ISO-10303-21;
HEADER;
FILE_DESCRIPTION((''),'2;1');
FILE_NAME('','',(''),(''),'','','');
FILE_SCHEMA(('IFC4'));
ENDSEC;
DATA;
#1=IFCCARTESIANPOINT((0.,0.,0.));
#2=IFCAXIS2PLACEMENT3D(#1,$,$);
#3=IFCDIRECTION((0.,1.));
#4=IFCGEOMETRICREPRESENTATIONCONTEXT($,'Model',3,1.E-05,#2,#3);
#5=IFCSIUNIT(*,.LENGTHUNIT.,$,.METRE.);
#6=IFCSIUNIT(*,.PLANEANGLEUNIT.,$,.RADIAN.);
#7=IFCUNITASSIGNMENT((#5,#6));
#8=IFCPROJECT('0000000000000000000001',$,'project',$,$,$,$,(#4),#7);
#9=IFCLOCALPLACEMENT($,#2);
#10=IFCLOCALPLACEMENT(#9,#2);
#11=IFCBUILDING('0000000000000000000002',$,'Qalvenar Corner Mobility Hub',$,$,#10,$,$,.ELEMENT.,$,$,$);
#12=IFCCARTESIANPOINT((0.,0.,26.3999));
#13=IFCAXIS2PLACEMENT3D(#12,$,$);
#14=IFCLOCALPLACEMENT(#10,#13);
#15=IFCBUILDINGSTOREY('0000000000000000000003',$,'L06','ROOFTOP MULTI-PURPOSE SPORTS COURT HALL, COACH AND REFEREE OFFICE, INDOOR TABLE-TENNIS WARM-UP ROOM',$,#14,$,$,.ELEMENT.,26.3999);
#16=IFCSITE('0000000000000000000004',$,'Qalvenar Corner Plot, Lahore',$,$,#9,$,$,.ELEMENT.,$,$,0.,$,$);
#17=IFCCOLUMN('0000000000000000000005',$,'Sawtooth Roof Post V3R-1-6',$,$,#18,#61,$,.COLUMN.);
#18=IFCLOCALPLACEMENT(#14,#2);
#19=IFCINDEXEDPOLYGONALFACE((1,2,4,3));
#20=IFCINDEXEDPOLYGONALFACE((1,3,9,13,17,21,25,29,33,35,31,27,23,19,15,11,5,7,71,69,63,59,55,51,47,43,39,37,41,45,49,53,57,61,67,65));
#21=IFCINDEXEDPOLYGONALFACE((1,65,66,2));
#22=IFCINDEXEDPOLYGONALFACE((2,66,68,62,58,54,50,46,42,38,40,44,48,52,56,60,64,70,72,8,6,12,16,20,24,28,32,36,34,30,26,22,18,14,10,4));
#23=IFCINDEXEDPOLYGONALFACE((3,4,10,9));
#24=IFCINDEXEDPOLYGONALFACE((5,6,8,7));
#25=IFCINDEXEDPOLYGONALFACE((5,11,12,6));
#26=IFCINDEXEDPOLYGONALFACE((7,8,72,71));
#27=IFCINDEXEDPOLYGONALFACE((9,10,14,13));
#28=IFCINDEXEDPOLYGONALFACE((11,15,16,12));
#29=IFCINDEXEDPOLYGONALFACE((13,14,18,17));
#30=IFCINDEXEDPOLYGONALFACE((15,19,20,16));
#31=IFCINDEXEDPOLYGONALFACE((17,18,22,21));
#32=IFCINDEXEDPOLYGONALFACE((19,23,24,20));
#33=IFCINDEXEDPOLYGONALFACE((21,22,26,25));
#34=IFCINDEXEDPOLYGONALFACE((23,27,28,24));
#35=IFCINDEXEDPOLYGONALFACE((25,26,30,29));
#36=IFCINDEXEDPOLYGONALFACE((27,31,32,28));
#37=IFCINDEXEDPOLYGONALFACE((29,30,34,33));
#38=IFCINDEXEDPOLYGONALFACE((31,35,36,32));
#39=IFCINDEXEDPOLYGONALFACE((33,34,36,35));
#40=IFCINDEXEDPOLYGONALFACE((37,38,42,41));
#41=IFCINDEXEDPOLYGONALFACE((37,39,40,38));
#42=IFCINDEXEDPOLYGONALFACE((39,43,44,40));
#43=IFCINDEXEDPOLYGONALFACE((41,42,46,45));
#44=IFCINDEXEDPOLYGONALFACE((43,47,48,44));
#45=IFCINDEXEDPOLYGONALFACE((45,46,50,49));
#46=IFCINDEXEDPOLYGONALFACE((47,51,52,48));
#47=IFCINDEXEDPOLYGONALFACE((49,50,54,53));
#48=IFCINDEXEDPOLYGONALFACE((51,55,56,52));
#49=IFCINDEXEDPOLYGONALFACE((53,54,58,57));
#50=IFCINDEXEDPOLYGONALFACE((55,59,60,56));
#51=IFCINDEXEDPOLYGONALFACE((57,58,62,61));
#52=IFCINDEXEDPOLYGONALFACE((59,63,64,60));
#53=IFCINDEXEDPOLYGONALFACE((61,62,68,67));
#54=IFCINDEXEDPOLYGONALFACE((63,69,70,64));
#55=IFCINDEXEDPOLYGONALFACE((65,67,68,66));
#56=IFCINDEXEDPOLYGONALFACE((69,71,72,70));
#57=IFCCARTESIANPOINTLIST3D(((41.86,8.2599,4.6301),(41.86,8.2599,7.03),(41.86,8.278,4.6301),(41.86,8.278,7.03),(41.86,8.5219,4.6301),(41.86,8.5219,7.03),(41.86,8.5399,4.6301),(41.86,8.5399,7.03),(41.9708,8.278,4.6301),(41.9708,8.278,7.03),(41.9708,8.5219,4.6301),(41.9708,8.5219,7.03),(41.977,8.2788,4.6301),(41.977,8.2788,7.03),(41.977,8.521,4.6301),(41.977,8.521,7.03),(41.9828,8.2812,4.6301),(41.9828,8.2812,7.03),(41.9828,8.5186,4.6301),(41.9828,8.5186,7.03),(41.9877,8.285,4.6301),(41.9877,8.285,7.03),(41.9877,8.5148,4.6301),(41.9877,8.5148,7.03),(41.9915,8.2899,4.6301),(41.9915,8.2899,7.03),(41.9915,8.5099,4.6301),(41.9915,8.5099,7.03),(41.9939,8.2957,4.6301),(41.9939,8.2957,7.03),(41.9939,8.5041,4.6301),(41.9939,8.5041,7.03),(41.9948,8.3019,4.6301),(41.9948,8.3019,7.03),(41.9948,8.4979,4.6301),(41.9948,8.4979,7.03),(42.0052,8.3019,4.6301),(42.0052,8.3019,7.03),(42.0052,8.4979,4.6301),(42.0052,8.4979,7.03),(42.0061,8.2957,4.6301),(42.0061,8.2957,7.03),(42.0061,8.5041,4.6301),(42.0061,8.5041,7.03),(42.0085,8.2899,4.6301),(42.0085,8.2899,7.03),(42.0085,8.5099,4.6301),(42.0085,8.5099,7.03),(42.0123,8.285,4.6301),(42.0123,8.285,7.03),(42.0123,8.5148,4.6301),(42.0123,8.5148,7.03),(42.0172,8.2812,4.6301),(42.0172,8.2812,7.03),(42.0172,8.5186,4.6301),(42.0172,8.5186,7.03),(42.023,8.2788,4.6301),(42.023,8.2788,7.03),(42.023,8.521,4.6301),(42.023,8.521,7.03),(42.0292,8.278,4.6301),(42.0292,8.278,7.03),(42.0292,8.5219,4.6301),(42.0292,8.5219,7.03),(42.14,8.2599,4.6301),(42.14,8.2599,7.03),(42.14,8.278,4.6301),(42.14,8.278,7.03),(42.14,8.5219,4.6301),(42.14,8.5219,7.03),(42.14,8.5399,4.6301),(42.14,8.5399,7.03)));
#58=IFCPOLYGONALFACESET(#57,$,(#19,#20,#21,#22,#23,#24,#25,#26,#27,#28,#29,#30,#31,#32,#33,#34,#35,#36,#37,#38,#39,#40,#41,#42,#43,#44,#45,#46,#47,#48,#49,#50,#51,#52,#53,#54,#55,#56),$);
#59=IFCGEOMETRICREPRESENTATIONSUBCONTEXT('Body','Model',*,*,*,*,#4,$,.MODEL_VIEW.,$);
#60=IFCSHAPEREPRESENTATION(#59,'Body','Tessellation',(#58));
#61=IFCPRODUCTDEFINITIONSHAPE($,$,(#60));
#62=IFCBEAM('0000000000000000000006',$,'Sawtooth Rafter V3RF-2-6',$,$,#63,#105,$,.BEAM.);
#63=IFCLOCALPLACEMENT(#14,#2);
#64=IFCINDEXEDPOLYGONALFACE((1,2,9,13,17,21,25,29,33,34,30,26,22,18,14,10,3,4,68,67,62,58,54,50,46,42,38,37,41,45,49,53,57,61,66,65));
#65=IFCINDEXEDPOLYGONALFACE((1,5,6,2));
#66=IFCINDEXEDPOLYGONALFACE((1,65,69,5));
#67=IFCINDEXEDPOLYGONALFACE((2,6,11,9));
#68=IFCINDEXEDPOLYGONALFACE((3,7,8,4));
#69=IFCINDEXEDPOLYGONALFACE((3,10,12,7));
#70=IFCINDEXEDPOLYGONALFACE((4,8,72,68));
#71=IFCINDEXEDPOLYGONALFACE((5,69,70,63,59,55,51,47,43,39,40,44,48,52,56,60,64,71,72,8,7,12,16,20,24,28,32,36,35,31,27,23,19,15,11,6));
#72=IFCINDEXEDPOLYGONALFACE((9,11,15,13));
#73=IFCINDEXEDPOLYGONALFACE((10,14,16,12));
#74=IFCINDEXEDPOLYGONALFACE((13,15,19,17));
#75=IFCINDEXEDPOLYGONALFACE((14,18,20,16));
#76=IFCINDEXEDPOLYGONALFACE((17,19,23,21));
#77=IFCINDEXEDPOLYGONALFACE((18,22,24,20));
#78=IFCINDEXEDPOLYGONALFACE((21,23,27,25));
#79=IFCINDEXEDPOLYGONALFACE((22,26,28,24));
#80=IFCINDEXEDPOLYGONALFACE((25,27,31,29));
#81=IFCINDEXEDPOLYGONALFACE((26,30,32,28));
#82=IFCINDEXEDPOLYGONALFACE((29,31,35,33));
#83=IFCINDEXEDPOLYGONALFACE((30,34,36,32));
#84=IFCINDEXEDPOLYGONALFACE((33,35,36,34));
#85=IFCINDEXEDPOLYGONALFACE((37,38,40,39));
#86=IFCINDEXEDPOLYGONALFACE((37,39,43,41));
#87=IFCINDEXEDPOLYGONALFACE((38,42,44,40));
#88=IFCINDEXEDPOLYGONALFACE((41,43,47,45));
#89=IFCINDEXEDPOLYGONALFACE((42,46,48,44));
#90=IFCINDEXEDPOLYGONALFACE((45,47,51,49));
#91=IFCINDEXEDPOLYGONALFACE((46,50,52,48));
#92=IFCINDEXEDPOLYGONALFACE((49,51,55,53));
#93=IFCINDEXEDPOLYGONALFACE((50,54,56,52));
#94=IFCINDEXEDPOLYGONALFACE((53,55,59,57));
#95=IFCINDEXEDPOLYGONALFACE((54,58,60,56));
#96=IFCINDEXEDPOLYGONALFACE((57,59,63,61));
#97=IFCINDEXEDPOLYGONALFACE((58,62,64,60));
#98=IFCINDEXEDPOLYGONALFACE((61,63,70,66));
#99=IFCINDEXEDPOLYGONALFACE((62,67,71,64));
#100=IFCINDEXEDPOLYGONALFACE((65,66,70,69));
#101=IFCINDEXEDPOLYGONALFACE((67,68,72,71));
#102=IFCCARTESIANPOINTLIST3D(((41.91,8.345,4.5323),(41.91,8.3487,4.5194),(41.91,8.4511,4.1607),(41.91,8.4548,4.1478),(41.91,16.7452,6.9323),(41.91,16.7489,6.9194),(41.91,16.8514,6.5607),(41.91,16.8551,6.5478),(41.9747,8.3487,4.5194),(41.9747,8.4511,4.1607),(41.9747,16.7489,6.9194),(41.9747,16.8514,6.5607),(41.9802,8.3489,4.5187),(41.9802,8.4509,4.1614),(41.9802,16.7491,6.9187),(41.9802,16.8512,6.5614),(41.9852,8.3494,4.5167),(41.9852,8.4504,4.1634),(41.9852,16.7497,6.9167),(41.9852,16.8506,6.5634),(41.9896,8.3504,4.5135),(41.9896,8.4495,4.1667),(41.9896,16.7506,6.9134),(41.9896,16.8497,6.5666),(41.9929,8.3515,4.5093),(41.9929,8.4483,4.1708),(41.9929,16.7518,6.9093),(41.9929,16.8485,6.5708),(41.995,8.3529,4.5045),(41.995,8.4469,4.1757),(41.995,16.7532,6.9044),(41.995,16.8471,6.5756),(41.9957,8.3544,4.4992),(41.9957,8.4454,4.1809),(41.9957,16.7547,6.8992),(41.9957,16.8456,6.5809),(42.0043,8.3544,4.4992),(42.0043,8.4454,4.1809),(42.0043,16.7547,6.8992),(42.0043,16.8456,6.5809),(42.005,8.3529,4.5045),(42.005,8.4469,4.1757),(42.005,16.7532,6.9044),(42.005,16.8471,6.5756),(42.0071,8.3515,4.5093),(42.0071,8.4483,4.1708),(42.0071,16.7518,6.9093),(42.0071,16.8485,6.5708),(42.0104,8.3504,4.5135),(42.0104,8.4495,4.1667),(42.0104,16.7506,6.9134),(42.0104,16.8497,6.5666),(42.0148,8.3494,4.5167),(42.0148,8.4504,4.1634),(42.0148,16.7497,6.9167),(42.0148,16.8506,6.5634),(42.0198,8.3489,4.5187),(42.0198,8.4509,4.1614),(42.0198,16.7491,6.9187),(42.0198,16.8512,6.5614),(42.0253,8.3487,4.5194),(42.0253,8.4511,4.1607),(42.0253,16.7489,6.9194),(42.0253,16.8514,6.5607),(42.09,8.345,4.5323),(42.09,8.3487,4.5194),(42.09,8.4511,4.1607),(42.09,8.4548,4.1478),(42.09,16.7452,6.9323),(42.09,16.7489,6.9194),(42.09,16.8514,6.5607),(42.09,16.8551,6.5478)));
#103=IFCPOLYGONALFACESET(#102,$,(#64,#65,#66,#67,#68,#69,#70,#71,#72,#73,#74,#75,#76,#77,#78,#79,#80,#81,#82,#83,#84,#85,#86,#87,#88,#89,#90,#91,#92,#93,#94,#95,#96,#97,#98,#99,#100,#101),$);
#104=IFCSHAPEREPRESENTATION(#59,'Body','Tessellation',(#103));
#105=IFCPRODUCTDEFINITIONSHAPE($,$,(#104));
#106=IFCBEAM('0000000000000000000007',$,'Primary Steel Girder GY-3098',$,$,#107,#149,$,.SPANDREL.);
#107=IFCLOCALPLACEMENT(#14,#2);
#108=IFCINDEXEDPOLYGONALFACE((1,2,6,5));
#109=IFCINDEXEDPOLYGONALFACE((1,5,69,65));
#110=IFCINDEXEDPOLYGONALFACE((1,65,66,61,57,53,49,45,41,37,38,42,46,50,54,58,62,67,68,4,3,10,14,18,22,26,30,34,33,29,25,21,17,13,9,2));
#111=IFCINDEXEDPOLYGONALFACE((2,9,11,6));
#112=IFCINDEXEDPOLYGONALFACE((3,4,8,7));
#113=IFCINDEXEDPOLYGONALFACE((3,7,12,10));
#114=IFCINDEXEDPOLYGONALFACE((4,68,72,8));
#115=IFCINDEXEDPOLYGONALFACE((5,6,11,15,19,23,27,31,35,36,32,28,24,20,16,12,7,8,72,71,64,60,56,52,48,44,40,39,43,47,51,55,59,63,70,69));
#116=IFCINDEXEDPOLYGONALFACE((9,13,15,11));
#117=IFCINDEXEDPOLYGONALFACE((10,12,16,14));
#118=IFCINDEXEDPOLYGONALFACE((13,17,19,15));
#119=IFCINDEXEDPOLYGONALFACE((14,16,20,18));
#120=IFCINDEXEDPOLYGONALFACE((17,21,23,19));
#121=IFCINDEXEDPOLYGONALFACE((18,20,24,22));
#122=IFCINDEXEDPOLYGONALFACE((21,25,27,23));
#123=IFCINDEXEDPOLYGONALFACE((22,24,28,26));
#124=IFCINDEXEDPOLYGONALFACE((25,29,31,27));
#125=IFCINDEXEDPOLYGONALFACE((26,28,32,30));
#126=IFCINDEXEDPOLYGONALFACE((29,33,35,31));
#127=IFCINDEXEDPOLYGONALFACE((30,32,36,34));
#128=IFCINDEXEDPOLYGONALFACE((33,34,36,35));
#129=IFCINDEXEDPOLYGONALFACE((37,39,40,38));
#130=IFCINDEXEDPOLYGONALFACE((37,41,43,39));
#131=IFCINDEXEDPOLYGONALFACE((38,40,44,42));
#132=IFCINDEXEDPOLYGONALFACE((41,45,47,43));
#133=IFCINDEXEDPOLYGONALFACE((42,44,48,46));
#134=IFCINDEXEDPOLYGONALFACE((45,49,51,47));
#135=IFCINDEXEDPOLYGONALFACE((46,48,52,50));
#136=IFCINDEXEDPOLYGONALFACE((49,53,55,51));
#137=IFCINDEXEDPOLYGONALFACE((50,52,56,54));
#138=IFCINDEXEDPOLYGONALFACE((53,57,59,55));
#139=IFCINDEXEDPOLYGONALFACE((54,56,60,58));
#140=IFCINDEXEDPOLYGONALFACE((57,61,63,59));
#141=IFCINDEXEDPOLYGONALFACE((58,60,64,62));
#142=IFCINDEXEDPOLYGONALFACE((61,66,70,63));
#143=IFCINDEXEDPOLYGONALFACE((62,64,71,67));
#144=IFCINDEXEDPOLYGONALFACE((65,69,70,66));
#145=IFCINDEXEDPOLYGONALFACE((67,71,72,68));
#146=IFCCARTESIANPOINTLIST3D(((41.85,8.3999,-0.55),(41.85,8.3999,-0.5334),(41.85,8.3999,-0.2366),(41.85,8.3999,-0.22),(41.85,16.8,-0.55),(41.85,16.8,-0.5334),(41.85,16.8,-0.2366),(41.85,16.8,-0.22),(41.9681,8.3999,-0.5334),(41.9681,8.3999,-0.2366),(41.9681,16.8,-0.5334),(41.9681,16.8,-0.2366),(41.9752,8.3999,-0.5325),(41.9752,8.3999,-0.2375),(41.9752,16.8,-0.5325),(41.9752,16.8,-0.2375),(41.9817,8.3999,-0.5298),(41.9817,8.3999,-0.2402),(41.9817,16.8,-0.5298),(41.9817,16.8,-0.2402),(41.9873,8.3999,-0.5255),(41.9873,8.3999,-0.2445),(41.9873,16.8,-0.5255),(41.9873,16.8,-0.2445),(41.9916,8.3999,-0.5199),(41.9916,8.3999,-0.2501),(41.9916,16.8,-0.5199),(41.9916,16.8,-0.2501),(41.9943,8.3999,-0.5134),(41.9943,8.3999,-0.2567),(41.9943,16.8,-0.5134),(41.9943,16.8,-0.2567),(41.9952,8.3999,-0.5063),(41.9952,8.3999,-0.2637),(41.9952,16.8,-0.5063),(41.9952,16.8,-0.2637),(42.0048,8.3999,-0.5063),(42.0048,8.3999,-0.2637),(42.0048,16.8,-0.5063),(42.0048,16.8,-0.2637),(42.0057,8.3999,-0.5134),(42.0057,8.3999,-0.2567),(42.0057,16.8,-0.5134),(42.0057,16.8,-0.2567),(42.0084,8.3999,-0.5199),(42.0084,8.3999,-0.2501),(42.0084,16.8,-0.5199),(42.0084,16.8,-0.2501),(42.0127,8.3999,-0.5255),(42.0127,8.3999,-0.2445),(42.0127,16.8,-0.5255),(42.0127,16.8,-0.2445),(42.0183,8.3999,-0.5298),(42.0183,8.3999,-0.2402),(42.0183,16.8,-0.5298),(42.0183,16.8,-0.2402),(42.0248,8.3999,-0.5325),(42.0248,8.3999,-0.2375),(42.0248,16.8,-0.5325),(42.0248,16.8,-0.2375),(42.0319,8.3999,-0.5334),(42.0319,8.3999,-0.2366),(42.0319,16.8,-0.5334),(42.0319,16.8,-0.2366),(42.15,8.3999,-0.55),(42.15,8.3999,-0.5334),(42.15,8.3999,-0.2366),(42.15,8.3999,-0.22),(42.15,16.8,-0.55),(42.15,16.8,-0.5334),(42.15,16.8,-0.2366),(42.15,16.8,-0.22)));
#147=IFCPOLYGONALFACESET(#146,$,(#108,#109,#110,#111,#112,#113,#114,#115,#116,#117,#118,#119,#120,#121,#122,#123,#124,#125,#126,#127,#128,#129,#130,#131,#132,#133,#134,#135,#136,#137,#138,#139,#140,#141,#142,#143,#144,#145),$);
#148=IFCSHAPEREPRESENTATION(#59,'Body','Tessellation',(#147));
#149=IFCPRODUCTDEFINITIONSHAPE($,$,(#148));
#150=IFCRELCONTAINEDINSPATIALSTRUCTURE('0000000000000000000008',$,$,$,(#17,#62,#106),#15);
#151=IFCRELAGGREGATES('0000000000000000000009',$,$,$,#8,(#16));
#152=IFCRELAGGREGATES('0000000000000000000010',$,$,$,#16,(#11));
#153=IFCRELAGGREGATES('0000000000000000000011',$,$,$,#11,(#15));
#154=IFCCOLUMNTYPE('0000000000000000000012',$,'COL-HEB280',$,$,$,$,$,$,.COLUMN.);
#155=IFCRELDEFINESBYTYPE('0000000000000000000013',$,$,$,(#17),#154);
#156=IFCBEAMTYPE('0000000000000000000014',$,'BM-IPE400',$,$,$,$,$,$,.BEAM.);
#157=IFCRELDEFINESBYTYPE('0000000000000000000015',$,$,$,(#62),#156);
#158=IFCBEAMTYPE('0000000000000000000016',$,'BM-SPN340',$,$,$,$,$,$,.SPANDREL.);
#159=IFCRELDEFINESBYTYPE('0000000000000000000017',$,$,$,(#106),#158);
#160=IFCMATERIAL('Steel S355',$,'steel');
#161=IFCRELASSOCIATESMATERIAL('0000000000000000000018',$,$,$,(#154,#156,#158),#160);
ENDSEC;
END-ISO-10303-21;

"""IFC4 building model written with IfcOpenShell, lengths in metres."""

from ifc_helpers import new_model, si_unit, direction, frame, origin, origin_2d, place, context, subcontext, project, spatial, i_section, extrude, material, material_profile, profile_set, type_object, element, save


model = new_model("IFC4")

# Units and contexts
model_context = context("Model", 3, precision=1e-05, world=origin(), true_north=direction((0.0, 1.0)))
body_context = subcontext(model_context, "Body", "Model", "MODEL_VIEW")
ifc_project = project(units=[si_unit("LENGTHUNIT", "METRE"), si_unit("PLANEANGLEUNIT", "RADIAN")], contexts=[model_context])

# Site, building, storey
site_placement = place(None, origin())
site = spatial("IfcSite", under=ifc_project, at=site_placement, Name="Qalvenar Corner Plot, Lahore", CompositionType="ELEMENT", RefElevation=0.0)
building_placement = place(site_placement, origin())
building = spatial("IfcBuilding", under=site, at=building_placement, Name="Qalvenar Corner Mobility Hub", CompositionType="ELEMENT")
storey_placement = place(building_placement, frame((0.0, 0.0, 26.3999)))
storey = spatial("IfcBuildingStorey", under=building, at=storey_placement, Name="L06", Description="ROOFTOP MULTI-PURPOSE SPORTS COURT HALL, COACH AND REFEREE OFFICE, INDOOR TABLE-TENNIS WARM-UP ROOM", CompositionType="ELEMENT", Elevation=26.3999)

# Column
ifc_material_1 = material(Name="Steel S355", Category="steel")
ifc_material_profile_1 = material_profile(ifc_material_1, i_section(OverallWidth=0.28, OverallDepth=0.28, WebThickness=0.0105, FlangeThickness=0.0181, FilletRadius=0.0239, at=origin_2d()), Name="HEB280")
ifc_profile_set_1 = profile_set([ifc_material_profile_1], Name="Steel S355")
column_type = type_object("IfcColumnType", Name="COL-HEB280", PredefinedType="COLUMN", material=ifc_profile_set_1)
column_placement = place(storey_placement, frame((42.0, 8.3999, 4.6301), z_axis=(0.0, 0.0, 1.0), x_axis=(1.0, 0.0, 0.0)))
element("IfcColumn", 1, at=column_placement, inside=storey, type_object=column_type, Name="Sawtooth Roof Post V3R-1-6", PredefinedType="COLUMN", context=body_context, shape_type="SweptSolid", body=[
    extrude(i_section(OverallWidth=0.28, OverallDepth=0.28, WebThickness=0.0105, FlangeThickness=0.0181, FilletRadius=0.0239, at=origin_2d()), origin(), (0.0, 0.0, 1.0), 2.3999),
])

# Beams
ifc_material_profile_2 = material_profile(ifc_material_1, i_section(OverallWidth=0.1799, OverallDepth=0.3999, WebThickness=0.0085, FlangeThickness=0.0134, FilletRadius=0.021, at=origin_2d()), Name="IPE400")
ifc_profile_set_2 = profile_set([ifc_material_profile_2], Name="Steel S355")
beam_type_1 = type_object("IfcBeamType", Name="BM-IPE400", PredefinedType="BEAM", material=ifc_profile_set_2)
beam_1_placement = place(storey_placement, frame((42.0, 8.3999, 4.3401), z_axis=(0.0, 0.961528, 0.274706), x_axis=(-1.0, 0.0, 0.0)))
element("IfcBeam", 2, at=beam_1_placement, inside=storey, type_object=beam_type_1, Name="Sawtooth Rafter V3RF-2-6", PredefinedType="BEAM", context=body_context, shape_type="SweptSolid", body=[
    extrude(i_section(OverallWidth=0.1799, OverallDepth=0.3999, WebThickness=0.0085, FlangeThickness=0.0134, FilletRadius=0.021, at=origin_2d()), origin(), (0.0, 0.0, 1.0), 8.7363),
])
ifc_material_profile_3 = material_profile(ifc_material_1, i_section(OverallWidth=0.3, OverallDepth=0.3301, WebThickness=0.0095, FlangeThickness=0.0166, FilletRadius=0.0271, at=origin_2d()), Name="HEA340")
ifc_profile_set_3 = profile_set([ifc_material_profile_3], Name="Steel S355")
beam_type_2 = type_object("IfcBeamType", Name="BM-SPN340", PredefinedType="SPANDREL", material=ifc_profile_set_3)
beam_2_placement = place(storey_placement, frame((42.0, 8.3999, -0.385), z_axis=(0.0, 1.0, 0.0), x_axis=(-1.0, 0.0, 0.0)))
element("IfcBeam", 3, at=beam_2_placement, inside=storey, type_object=beam_type_2, Name="Primary Steel Girder GY-3098", PredefinedType="SPANDREL", context=body_context, shape_type="SweptSolid", body=[
    extrude(i_section(OverallWidth=0.3, OverallDepth=0.3301, WebThickness=0.0095, FlangeThickness=0.0166, FilletRadius=0.0271, at=origin_2d()), origin(), (0.0, 0.0, 1.0), 8.4001),
])

save(model, "model.ifc")
